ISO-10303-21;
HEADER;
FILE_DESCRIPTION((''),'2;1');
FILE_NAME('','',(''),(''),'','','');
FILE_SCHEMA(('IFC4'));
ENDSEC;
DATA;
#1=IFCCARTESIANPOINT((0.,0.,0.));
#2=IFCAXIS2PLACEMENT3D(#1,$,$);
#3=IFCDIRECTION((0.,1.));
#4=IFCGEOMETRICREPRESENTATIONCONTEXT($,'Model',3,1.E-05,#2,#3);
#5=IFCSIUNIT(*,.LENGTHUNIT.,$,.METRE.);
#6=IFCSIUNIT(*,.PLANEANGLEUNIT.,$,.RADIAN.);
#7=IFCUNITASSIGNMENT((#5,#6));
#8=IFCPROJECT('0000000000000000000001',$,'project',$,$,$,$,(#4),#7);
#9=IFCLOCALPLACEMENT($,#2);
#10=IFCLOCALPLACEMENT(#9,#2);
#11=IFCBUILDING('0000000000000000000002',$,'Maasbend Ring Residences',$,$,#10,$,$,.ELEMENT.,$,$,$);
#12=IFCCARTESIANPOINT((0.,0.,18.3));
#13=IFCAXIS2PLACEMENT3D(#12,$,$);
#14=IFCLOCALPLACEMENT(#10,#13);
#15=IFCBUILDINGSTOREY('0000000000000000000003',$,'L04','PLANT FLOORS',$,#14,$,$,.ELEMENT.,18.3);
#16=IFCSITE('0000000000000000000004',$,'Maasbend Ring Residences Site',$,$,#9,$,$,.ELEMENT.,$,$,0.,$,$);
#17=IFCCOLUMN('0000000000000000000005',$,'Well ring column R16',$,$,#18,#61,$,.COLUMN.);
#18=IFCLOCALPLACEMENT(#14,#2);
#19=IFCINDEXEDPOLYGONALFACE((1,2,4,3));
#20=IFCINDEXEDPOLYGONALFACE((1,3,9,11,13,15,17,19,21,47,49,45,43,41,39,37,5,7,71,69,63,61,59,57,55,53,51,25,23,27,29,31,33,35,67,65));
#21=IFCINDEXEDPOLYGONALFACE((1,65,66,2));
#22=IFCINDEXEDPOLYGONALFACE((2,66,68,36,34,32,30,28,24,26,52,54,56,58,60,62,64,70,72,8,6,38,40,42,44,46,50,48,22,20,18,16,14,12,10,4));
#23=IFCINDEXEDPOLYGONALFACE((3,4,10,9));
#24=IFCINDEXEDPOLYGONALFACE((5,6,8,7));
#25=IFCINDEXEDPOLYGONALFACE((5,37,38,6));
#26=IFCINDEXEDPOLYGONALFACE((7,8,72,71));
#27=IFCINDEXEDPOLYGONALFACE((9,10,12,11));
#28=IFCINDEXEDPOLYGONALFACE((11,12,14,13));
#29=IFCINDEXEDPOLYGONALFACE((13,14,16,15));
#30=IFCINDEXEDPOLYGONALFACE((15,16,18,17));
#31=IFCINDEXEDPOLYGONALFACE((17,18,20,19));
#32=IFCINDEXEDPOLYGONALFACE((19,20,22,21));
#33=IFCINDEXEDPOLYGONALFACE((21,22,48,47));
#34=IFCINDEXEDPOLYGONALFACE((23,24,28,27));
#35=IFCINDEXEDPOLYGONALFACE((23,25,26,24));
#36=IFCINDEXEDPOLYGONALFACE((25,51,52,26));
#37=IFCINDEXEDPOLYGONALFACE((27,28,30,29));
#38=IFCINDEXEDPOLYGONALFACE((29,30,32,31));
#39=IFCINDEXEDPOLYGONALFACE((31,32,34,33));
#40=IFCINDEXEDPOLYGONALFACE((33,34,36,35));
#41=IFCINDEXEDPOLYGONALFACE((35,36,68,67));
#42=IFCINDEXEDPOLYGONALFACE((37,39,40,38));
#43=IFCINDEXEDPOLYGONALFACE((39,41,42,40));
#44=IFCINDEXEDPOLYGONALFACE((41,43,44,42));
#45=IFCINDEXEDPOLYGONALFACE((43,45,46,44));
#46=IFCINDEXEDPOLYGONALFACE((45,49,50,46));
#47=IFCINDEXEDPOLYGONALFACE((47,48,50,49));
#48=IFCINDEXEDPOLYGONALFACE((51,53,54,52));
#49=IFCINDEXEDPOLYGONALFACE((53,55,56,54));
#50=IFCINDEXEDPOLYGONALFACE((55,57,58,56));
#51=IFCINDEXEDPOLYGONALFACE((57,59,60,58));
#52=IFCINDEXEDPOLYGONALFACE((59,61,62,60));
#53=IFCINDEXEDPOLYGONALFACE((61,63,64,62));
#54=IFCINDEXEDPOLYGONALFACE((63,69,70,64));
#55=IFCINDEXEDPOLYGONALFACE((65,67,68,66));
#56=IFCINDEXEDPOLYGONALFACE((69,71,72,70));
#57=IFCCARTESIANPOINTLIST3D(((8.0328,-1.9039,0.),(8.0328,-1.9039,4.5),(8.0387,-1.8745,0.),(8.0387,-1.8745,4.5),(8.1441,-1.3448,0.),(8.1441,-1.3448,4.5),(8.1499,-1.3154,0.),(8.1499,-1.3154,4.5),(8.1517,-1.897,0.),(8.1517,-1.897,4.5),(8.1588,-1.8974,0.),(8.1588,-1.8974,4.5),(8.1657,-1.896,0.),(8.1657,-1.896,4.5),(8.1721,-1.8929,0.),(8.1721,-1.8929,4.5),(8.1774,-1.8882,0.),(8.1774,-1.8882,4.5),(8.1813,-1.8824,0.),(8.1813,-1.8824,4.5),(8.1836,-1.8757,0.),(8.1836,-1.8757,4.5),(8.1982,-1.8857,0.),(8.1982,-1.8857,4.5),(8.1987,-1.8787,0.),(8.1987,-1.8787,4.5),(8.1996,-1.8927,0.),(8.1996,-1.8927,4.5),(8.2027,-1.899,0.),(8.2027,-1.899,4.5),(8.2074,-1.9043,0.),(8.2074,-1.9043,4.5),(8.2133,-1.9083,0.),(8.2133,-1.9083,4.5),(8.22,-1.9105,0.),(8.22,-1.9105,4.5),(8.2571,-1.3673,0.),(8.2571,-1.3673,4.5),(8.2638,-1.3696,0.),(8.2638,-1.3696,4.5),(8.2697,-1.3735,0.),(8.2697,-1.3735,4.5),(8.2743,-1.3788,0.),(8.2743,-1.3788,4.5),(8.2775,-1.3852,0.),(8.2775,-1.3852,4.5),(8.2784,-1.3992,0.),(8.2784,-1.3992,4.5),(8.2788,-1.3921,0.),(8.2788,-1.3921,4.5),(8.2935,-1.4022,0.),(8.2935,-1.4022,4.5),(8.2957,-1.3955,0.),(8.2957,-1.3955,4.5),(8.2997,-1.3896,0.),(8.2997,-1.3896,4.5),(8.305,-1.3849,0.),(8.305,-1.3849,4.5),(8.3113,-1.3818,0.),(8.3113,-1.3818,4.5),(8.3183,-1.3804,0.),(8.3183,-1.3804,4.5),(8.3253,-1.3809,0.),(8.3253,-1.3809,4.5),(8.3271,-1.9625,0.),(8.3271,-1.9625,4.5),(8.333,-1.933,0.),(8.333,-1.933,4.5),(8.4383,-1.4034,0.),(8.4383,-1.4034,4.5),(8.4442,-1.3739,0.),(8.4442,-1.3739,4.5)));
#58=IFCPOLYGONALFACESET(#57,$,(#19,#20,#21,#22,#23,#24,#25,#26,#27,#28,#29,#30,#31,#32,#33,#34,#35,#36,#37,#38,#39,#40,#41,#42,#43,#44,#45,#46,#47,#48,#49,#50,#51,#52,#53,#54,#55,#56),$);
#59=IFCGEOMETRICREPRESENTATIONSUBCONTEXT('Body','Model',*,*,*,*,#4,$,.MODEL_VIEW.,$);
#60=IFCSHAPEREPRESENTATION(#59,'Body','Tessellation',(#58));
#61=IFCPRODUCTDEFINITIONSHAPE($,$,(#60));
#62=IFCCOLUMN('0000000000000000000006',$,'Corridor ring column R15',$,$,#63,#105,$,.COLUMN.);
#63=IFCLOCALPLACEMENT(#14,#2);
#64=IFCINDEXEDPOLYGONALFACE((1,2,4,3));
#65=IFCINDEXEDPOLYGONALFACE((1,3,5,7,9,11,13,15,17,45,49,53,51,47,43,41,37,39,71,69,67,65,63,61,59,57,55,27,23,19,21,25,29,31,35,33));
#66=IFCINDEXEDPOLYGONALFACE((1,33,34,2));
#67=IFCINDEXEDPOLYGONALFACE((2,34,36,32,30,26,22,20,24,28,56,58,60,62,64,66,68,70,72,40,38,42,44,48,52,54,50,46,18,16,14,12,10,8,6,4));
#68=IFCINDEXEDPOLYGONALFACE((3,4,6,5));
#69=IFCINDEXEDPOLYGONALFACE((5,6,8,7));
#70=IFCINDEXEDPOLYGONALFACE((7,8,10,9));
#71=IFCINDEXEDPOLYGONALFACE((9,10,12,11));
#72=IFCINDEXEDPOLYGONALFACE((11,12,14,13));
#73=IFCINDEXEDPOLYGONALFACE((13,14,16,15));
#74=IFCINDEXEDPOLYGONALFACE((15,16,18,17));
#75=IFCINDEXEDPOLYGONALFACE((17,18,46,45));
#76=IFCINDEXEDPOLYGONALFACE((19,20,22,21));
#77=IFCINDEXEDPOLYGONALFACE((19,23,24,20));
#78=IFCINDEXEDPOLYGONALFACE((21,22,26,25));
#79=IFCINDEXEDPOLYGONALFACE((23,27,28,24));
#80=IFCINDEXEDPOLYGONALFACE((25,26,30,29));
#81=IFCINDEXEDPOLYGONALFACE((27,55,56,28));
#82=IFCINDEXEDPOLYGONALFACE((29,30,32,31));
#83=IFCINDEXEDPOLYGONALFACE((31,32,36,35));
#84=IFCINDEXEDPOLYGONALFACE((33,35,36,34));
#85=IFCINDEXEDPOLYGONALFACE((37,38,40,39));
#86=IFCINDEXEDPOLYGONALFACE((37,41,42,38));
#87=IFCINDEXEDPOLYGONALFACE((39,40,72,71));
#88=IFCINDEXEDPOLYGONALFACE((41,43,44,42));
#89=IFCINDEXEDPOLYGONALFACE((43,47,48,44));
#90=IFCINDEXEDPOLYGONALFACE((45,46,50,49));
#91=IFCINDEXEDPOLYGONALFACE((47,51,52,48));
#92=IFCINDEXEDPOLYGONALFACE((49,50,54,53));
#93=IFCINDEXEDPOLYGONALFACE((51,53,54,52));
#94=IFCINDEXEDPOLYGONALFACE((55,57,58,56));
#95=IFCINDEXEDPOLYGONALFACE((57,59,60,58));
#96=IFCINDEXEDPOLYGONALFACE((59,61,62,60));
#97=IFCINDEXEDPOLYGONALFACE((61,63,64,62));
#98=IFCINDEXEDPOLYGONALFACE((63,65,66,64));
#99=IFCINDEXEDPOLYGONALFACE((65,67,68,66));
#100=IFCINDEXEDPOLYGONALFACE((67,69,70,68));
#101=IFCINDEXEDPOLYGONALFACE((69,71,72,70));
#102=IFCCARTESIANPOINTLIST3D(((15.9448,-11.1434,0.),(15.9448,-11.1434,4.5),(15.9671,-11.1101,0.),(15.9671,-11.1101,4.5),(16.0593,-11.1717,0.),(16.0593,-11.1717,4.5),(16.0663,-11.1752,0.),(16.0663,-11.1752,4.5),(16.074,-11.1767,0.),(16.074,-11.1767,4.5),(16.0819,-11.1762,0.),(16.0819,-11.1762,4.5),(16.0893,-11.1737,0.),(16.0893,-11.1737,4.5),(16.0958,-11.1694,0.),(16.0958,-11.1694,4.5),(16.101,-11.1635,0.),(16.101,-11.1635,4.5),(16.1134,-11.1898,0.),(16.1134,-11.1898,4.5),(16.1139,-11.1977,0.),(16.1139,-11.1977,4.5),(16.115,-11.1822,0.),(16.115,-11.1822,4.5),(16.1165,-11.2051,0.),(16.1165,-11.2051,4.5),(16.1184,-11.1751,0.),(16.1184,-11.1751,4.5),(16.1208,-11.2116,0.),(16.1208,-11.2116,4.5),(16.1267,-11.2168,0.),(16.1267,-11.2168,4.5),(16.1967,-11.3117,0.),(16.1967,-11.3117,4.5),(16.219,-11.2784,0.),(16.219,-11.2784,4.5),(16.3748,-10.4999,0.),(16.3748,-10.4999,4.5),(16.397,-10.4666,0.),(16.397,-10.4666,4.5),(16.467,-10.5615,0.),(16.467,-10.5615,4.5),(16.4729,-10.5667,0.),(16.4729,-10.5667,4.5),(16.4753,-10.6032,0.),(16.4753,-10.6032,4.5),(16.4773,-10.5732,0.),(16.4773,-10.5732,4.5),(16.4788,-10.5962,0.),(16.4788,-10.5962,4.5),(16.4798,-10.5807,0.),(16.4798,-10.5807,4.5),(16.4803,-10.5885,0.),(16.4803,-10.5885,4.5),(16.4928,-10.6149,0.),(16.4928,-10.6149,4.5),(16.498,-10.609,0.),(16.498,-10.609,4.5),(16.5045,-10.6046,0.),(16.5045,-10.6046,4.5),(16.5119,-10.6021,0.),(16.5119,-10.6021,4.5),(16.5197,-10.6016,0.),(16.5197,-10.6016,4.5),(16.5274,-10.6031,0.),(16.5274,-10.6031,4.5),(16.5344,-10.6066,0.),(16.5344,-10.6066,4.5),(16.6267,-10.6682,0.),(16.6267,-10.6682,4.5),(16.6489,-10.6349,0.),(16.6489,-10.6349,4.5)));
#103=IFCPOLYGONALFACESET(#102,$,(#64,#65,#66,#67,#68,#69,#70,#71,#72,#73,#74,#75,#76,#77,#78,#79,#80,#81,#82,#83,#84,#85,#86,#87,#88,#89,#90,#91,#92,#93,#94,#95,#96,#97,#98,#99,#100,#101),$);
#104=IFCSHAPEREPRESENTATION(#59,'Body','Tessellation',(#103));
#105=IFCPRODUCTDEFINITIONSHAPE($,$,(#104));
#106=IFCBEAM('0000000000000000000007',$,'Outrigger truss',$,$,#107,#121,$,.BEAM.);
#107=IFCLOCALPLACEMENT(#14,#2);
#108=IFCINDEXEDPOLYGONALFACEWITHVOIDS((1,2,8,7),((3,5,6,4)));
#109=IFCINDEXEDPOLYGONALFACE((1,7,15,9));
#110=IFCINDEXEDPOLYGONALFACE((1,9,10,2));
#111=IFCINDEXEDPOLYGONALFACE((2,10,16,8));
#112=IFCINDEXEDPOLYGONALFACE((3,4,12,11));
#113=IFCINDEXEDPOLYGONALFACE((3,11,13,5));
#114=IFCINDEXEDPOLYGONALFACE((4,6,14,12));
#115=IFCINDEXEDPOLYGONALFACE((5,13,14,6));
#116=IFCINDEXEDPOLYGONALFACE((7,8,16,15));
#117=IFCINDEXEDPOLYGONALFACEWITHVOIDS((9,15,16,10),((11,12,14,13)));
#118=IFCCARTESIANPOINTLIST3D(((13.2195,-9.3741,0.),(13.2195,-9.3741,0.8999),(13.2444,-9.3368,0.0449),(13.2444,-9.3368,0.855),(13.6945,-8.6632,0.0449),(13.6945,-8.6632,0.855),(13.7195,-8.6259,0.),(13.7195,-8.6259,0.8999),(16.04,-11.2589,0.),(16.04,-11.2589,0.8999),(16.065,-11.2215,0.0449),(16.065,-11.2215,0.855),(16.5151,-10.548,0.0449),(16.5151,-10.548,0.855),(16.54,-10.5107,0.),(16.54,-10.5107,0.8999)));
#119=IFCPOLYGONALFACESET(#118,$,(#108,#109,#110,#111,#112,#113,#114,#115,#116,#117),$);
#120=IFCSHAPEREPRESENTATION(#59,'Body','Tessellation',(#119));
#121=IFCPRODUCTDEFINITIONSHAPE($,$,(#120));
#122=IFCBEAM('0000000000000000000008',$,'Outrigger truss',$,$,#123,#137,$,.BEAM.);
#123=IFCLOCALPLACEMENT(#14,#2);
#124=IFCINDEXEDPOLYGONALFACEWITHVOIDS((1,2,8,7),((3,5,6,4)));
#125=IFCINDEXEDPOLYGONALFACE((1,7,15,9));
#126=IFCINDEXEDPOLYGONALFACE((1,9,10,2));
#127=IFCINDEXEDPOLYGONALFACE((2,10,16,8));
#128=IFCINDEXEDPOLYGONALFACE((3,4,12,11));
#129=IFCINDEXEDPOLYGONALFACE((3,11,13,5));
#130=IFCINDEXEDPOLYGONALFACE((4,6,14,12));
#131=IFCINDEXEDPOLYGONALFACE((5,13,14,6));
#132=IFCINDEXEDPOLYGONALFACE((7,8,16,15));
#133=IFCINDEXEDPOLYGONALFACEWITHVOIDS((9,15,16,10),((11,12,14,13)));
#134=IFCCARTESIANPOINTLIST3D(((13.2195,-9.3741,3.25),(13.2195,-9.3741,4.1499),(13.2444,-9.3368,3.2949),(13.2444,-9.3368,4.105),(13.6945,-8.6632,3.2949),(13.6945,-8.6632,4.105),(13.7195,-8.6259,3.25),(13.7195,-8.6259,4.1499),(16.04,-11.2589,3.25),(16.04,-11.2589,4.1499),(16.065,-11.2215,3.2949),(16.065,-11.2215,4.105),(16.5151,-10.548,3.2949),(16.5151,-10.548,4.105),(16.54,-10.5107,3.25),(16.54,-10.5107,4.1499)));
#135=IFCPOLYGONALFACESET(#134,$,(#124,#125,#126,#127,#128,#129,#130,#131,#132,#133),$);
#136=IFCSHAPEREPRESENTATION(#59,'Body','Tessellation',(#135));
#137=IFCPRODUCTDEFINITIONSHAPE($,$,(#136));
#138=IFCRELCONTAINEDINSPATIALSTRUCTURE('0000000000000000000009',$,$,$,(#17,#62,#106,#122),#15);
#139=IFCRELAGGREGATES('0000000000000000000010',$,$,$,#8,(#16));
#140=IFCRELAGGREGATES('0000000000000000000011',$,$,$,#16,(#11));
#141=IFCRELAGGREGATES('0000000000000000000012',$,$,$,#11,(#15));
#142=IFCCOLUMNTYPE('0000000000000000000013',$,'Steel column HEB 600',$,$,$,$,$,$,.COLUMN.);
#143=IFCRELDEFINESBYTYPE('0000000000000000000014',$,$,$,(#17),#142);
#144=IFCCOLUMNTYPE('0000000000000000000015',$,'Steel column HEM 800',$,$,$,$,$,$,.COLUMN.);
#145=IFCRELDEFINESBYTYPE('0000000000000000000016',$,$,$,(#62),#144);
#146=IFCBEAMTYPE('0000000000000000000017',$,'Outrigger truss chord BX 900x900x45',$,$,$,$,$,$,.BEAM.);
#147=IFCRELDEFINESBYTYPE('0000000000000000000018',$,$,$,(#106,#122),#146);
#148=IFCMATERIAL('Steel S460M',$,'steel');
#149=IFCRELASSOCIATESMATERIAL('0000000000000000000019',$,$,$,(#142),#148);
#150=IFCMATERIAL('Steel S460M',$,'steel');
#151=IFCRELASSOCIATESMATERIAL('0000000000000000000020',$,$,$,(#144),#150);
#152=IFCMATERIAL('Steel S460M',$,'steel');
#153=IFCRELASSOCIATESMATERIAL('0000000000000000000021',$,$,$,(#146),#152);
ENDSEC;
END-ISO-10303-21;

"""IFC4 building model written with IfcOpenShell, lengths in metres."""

from ifc_helpers import new_model, si_unit, direction, frame, origin, origin_2d, place, context, subcontext, project, spatial, hollow_rectangle, i_section, extrude, material, material_profile, profile_set, type_object, element, save


model = new_model("IFC4")

# Units and contexts
model_context = context("Model", 3, precision=1e-05, world=origin(), true_north=direction((0.0, 1.0)))
body_context = subcontext(model_context, "Body", "Model", "MODEL_VIEW")
ifc_project = project(units=[si_unit("LENGTHUNIT", "METRE"), si_unit("PLANEANGLEUNIT", "RADIAN")], contexts=[model_context])

# Site, building, storey
site_placement = place(None, origin())
site = spatial("IfcSite", under=ifc_project, at=site_placement, Name="Maasbend Ring Residences Site", CompositionType="ELEMENT", RefElevation=0.0)
building_placement = place(site_placement, origin())
building = spatial("IfcBuilding", under=site, at=building_placement, Name="Maasbend Ring Residences", CompositionType="ELEMENT")
storey_placement = place(building_placement, frame((0.0, 0.0, 18.3)))
storey = spatial("IfcBuildingStorey", under=building, at=storey_placement, Name="L04", Description="PLANT FLOORS", CompositionType="ELEMENT", Elevation=18.3)

# Columns
ifc_material_1 = material(Name="Steel S460M", Category="steel")
ifc_material_profile_1 = material_profile(ifc_material_1, i_section(OverallWidth=0.3, OverallDepth=0.6001, WebThickness=0.0154, FlangeThickness=0.03, FilletRadius=0.0271, at=origin_2d()), Name="HEB 600")
ifc_profile_set_1 = profile_set([ifc_material_profile_1], Name="Steel S460M")
column_type_1 = type_object("IfcColumnType", Name="Steel column HEB 600", PredefinedType="COLUMN", material=ifc_profile_set_1)
column_1_placement = place(storey_placement, frame((8.2385, -1.6389, 0.0), z_axis=(0.0, 0.0, 1.0), x_axis=(0.980785, -0.19509, 0.0)))
element("IfcColumn", 1, at=column_1_placement, inside=storey, type_object=column_type_1, Name="Well ring column R16", PredefinedType="COLUMN", context=body_context, shape_type="SweptSolid", body=[
    extrude(i_section(OverallWidth=0.3, OverallDepth=0.6001, WebThickness=0.0154, FlangeThickness=0.03, FilletRadius=0.0271, at=origin_2d()), origin(), (0.0, 0.0, 1.0), 4.5),
])
ifc_material_2 = material(Name="Steel S460M", Category="steel")
ifc_material_profile_2 = material_profile(ifc_material_2, i_section(OverallWidth=0.303, OverallDepth=0.814, WebThickness=0.021, FlangeThickness=0.04, FilletRadius=0.03, at=origin_2d()), Name="HEM 800")
ifc_profile_set_2 = profile_set([ifc_material_profile_2], Name="Steel S460M")
column_type_2 = type_object("IfcColumnType", Name="Steel column HEM 800", PredefinedType="COLUMN", material=ifc_profile_set_2)
column_2_placement = place(storey_placement, frame((16.2969, -10.8892, 0.0), z_axis=(0.0, 0.0, 1.0), x_axis=(0.83147, -0.55557, 0.0)))
element("IfcColumn", 2, at=column_2_placement, inside=storey, type_object=column_type_2, Name="Corridor ring column R15", PredefinedType="COLUMN", context=body_context, shape_type="SweptSolid", body=[
    extrude(i_section(OverallWidth=0.303, OverallDepth=0.814, WebThickness=0.021, FlangeThickness=0.04, FilletRadius=0.03, at=origin_2d()), origin(), (0.0, 0.0, 1.0), 4.5),
])

# Beams
ifc_material_3 = material(Name="Steel S460M", Category="steel")
ifc_material_profile_3 = material_profile(ifc_material_3, hollow_rectangle(XDim=0.8999, YDim=0.8999, WallThickness=0.0449, at=origin_2d()), Name="Outrigger truss chord BX 900x900x45")
ifc_profile_set_3 = profile_set([ifc_material_profile_3], Name="Steel S460M")
beam_type_1 = type_object("IfcBeamType", Name="Outrigger truss chord BX 900x900x45", PredefinedType="BEAM", material=ifc_profile_set_3)
for number, where, z_axis, x_axis, name in (
    (3, (16.29, -10.8848, 0.45), (-0.831452, 0.555597, 0.0), (-0.555597, -0.831452, 0.0), "Outrigger truss"),
    (4, (16.29, -10.8848, 3.7), (-0.831452, 0.555597, 0.0), (-0.555597, -0.831452, 0.0), "Outrigger truss"),
):
    element("IfcBeam", number, at=place(storey_placement, frame(where, z_axis=z_axis, x_axis=x_axis)), inside=storey, type_object=beam_type_1, Name=name, PredefinedType="BEAM", context=body_context, shape_type="SweptSolid", body=[
        extrude(hollow_rectangle(XDim=0.8999, YDim=0.8999, WallThickness=0.0449, at=origin_2d()), origin(), (0.0, 0.0, 1.0), 3.3923),
    ])

save(model, "model.ifc")
